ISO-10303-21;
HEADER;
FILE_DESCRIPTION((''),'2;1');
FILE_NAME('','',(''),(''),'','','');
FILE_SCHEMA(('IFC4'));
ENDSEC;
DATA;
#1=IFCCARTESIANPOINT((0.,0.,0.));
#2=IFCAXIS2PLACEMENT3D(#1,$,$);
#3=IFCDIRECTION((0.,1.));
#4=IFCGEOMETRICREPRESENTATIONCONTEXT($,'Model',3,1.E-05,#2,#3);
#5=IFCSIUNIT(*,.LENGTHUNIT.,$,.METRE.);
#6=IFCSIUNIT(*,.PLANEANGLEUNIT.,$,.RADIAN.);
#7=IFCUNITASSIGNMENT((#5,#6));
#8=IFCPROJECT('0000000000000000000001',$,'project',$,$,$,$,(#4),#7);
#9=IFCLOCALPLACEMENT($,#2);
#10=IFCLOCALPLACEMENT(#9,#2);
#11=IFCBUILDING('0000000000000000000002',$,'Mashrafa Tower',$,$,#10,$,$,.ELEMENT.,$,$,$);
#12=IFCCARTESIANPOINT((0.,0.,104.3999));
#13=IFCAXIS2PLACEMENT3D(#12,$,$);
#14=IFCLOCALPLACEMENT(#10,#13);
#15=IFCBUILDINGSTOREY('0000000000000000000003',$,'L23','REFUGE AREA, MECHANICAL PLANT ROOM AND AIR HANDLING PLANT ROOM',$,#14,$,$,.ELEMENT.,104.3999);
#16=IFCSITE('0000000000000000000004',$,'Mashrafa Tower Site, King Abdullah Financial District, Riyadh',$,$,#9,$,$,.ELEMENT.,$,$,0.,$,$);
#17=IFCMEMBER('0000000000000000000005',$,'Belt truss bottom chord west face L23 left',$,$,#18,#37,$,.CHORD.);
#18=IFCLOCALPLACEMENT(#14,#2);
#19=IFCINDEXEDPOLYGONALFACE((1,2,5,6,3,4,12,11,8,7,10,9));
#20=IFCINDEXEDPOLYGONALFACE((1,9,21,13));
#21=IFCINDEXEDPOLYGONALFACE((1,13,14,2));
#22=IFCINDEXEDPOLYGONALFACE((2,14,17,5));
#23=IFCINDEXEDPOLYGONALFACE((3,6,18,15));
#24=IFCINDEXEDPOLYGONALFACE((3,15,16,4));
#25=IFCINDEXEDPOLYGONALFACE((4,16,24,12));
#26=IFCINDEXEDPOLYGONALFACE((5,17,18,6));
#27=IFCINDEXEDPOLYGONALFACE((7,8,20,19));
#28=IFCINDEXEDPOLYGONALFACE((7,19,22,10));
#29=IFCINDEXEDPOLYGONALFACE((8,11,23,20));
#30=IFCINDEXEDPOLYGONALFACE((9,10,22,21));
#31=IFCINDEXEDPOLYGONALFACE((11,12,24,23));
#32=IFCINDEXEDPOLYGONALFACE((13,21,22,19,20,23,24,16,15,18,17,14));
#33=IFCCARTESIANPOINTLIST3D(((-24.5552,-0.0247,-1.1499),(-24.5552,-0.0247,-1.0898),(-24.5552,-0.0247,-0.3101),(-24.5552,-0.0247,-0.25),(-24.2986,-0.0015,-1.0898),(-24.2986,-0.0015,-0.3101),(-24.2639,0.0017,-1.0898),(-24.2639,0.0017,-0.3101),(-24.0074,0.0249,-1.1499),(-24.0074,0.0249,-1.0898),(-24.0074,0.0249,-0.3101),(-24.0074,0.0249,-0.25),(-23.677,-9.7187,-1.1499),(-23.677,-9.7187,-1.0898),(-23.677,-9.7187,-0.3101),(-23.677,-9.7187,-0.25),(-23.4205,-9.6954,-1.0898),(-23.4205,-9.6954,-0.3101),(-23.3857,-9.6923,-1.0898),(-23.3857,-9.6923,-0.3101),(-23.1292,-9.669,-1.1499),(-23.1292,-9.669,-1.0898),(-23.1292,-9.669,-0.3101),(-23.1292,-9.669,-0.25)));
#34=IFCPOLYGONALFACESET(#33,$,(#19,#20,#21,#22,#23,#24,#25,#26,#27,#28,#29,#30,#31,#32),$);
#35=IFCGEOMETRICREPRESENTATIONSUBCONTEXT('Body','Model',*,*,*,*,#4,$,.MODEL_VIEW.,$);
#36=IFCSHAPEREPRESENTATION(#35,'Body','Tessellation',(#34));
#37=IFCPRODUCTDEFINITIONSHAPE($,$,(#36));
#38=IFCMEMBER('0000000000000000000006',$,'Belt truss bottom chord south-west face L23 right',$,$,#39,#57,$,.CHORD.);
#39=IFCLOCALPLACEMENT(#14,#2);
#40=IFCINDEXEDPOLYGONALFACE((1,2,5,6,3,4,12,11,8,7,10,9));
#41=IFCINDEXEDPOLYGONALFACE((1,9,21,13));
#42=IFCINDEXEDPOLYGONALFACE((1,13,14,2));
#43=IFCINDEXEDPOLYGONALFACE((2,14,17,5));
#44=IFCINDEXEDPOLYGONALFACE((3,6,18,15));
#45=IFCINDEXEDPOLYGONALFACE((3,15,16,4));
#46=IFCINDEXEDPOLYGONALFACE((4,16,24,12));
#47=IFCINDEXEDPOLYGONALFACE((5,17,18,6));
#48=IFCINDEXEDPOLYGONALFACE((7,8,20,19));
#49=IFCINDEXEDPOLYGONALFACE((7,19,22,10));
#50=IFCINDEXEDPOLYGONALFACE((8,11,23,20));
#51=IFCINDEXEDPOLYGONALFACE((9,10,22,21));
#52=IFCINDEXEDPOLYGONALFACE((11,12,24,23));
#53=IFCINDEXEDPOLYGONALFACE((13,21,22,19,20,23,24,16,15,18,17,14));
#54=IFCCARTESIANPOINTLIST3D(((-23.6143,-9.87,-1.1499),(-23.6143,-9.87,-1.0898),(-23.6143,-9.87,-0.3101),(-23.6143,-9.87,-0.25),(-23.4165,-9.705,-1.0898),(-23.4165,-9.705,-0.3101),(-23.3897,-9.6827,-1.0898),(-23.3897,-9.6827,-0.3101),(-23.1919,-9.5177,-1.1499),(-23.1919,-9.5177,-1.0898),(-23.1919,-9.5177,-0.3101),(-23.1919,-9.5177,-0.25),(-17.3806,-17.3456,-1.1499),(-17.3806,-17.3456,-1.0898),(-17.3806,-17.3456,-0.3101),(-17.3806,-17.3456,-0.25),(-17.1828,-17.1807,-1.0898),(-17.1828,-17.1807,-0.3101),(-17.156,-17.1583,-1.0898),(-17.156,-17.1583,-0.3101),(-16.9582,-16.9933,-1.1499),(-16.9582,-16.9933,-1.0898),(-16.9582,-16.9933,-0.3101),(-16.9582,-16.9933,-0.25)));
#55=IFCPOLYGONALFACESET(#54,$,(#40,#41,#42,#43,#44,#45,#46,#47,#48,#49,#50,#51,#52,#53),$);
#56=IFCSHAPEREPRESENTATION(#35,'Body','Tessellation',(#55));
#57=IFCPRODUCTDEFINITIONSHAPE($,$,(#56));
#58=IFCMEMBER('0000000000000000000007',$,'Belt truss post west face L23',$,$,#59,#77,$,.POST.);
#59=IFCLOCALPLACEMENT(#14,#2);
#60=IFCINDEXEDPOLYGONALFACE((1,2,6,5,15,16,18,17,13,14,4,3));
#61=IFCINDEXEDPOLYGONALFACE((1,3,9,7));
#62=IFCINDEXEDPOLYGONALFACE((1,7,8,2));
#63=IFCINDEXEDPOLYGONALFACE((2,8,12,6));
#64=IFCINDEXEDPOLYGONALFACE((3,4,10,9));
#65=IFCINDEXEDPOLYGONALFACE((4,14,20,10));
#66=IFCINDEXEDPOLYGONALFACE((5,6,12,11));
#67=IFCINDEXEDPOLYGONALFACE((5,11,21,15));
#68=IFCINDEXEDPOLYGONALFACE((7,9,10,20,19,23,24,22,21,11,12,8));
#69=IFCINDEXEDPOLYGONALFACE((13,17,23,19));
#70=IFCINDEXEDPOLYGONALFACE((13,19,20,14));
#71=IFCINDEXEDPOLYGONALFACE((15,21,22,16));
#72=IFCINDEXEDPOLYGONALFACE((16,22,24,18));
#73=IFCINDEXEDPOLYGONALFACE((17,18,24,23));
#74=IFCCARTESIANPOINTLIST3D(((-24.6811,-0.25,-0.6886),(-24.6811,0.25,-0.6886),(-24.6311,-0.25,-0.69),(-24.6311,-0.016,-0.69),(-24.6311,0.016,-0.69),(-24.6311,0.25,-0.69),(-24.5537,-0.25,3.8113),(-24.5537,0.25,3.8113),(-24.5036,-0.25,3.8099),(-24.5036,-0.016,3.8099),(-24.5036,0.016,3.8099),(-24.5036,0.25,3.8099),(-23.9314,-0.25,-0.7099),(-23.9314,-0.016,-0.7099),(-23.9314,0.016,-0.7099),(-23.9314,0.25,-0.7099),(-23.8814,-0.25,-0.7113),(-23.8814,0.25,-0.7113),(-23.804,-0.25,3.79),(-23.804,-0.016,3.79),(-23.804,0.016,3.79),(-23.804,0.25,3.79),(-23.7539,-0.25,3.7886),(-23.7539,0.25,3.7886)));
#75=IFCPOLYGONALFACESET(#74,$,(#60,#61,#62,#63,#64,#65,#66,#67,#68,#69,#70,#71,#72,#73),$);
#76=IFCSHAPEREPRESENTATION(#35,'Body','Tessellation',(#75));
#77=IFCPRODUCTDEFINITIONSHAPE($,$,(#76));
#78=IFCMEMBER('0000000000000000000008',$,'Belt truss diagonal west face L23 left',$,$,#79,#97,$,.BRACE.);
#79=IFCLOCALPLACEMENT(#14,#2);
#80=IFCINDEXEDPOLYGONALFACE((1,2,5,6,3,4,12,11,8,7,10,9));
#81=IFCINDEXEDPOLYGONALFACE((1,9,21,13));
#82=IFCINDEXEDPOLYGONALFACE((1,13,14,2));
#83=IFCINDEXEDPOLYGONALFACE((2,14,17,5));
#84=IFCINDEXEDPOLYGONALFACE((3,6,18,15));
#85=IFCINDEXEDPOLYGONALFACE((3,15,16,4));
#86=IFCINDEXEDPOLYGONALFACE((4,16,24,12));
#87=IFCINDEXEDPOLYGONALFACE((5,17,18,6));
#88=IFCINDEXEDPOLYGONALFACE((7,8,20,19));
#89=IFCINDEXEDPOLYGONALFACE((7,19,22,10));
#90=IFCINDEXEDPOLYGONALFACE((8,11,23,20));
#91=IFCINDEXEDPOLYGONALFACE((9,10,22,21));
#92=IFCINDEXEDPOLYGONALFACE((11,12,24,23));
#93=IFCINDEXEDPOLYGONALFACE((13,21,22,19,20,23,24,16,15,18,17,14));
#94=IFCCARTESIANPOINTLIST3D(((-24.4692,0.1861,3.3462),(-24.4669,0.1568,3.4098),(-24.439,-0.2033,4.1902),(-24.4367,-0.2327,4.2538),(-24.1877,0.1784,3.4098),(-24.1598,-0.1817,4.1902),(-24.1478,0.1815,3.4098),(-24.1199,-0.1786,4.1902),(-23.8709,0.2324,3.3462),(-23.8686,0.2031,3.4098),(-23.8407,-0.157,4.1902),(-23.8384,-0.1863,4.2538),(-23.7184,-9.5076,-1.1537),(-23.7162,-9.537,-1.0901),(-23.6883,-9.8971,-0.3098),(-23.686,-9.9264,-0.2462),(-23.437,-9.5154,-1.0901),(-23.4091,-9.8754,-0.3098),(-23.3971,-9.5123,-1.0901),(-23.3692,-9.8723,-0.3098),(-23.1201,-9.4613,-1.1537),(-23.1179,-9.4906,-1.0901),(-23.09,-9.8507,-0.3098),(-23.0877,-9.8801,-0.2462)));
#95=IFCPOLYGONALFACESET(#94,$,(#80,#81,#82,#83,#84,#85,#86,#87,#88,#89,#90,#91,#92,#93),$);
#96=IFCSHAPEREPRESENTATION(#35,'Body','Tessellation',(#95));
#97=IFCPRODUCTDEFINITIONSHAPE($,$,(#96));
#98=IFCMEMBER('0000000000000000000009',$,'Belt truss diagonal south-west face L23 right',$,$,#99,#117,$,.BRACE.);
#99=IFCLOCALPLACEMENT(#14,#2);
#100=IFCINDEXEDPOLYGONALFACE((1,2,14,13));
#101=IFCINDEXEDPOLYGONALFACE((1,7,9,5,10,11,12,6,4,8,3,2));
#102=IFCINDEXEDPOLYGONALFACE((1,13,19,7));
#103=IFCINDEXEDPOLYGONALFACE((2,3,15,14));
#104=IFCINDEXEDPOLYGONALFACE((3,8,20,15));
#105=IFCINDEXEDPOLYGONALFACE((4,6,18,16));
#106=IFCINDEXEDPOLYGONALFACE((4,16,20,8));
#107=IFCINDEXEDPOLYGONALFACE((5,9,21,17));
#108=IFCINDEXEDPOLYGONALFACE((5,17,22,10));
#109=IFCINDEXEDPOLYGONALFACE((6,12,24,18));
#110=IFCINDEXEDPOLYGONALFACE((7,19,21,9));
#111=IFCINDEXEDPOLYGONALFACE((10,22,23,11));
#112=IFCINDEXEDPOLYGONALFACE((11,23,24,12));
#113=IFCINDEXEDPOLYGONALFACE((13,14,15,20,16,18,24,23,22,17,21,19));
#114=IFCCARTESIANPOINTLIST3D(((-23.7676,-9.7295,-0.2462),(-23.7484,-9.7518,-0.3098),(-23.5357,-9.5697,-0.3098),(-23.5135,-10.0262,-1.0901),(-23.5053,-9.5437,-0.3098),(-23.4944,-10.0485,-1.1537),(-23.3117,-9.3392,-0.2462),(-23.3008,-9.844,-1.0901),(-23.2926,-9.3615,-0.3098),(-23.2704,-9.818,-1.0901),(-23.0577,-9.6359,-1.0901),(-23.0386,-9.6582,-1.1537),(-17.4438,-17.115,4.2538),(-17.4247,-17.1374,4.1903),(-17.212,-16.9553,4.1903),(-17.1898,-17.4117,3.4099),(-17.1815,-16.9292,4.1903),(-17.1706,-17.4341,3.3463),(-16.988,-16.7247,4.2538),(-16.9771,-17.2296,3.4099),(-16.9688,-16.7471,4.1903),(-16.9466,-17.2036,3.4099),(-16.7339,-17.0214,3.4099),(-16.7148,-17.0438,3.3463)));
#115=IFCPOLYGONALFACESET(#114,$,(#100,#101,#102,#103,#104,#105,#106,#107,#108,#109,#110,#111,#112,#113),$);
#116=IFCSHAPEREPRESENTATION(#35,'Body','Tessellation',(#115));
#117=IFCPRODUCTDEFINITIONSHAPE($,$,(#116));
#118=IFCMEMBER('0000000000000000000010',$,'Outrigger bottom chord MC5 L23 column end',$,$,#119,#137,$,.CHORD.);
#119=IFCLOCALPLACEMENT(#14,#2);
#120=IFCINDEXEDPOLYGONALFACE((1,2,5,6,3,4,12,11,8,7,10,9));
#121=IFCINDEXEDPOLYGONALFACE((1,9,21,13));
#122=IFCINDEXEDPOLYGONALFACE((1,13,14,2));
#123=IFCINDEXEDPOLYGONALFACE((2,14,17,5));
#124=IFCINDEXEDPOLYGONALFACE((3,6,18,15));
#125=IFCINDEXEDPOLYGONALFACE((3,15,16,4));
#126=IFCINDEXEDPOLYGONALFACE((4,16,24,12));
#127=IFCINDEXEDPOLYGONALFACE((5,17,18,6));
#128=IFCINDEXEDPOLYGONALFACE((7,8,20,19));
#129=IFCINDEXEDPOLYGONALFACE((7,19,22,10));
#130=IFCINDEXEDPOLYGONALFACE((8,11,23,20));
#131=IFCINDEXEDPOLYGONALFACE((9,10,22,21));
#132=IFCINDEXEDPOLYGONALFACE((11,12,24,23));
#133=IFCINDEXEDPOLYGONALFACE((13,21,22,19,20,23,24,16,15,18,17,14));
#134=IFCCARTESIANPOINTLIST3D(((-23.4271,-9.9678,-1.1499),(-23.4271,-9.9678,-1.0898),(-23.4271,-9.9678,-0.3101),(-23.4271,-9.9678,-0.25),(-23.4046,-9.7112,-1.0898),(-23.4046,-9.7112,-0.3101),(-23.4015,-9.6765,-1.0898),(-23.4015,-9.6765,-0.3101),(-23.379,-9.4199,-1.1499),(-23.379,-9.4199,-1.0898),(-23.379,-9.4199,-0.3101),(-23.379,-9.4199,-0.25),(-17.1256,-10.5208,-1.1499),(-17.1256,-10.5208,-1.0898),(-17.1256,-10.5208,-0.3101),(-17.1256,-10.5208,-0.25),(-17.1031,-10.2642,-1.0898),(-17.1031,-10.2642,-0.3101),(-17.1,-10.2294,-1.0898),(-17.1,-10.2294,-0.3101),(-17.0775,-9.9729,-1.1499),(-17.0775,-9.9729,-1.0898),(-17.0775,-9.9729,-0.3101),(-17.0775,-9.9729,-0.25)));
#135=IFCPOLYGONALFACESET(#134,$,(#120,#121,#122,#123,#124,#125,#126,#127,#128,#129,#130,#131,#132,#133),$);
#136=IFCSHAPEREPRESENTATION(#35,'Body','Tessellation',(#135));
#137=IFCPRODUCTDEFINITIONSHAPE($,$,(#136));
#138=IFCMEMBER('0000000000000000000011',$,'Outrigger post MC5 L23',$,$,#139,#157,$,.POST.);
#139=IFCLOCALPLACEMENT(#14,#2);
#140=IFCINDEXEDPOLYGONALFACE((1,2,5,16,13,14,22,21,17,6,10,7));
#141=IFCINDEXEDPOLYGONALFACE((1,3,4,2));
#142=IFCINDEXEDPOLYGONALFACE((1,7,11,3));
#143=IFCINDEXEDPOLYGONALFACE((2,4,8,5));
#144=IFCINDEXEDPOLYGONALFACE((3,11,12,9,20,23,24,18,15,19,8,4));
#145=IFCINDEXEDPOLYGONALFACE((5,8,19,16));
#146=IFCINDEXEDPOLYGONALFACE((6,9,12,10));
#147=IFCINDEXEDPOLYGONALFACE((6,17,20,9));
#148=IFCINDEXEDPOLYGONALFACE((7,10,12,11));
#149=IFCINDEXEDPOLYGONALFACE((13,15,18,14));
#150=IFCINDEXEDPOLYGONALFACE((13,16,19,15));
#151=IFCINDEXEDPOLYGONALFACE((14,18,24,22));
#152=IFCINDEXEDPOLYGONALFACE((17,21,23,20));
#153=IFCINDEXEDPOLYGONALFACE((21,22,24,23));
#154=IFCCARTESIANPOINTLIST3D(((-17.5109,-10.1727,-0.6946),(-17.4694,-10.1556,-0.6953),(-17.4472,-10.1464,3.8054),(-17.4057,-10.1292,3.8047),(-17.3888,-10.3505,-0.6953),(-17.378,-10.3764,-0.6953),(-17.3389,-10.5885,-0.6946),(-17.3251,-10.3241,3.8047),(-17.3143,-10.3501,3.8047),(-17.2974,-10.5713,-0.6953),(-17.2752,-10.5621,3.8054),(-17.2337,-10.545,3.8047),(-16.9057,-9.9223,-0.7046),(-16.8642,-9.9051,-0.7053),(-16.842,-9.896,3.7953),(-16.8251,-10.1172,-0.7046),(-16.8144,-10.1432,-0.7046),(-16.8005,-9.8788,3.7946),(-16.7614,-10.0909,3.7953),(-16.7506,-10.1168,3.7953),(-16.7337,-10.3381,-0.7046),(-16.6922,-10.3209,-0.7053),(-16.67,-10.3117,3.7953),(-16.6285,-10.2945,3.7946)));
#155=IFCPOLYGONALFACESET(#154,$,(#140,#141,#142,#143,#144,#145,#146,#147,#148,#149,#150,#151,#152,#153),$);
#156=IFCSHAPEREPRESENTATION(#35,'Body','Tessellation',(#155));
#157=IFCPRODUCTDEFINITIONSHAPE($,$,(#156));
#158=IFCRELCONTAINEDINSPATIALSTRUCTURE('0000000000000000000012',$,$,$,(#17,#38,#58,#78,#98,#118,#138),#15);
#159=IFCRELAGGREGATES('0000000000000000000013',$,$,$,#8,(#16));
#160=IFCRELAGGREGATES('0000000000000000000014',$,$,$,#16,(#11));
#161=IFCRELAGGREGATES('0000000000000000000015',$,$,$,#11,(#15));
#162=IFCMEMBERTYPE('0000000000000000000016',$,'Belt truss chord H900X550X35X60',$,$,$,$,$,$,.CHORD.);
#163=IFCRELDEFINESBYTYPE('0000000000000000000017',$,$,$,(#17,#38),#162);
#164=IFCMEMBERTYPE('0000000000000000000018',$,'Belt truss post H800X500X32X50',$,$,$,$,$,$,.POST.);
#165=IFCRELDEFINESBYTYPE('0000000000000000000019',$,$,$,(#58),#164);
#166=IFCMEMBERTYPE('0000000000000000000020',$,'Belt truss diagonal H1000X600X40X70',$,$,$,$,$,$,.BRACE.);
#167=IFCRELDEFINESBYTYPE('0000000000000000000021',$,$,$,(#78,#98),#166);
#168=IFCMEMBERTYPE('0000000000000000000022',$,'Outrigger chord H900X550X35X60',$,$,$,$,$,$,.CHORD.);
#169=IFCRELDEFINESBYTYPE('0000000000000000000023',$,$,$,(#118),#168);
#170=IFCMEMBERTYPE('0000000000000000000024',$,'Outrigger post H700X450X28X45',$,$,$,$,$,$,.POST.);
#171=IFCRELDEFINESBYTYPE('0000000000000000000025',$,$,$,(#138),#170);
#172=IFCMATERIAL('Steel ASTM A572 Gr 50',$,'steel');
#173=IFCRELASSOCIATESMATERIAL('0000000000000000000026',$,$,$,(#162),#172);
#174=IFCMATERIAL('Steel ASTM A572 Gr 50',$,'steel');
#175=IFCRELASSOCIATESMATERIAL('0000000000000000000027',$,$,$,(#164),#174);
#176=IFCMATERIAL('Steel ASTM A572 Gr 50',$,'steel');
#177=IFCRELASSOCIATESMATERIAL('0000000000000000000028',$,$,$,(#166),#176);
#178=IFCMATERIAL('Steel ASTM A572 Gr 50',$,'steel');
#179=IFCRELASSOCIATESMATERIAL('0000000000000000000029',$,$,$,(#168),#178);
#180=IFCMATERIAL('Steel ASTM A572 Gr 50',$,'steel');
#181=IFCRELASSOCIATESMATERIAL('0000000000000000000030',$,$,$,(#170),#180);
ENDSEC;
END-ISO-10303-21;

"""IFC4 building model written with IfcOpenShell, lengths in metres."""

from ifc_helpers import new_model, si_unit, direction, frame, origin, origin_2d, place, context, subcontext, project, spatial, i_section, extrude, source, transform, mapped, material, material_profile, profile_set, type_object, type_shapes, element, save


model = new_model("IFC4")

# Units and contexts
model_context = context("Model", 3, precision=1e-05, world=origin(), true_north=direction((0.0, 1.0)))
body_context = subcontext(model_context, "Body", "Model", "MODEL_VIEW")
ifc_project = project(units=[si_unit("LENGTHUNIT", "METRE"), si_unit("PLANEANGLEUNIT", "RADIAN")], contexts=[model_context])

# Site, building, storey
site_placement = place(None, origin())
site = spatial("IfcSite", under=ifc_project, at=site_placement, Name="Mashrafa Tower Site, King Abdullah Financial District, Riyadh", CompositionType="ELEMENT", RefElevation=0.0)
building_placement = place(site_placement, origin())
building = spatial("IfcBuilding", under=site, at=building_placement, Name="Mashrafa Tower", CompositionType="ELEMENT")
storey_placement = place(building_placement, frame((0.0, 0.0, 104.3999)))
storey = spatial("IfcBuildingStorey", under=building, at=storey_placement, Name="L23", Description="REFUGE AREA, MECHANICAL PLANT ROOM AND AIR HANDLING PLANT ROOM", CompositionType="ELEMENT", Elevation=104.3999)

# Members
ifc_material_1 = material(Name="Steel ASTM A572 Gr 50", Category="steel")
ifc_material_profile_1 = material_profile(ifc_material_1, i_section(OverallWidth=0.55, OverallDepth=0.8999, WebThickness=0.0349, FlangeThickness=0.0601, at=origin_2d()), Name="H900X550X35X60")
ifc_profile_set_1 = profile_set([ifc_material_profile_1], Name="Steel ASTM A572 Gr 50")
member_type_1 = type_object("IfcMemberType", Name="Belt truss chord H900X550X35X60", PredefinedType="CHORD", material=ifc_profile_set_1)
shared_shape_1 = source(origin(), body_context, "Body", "SweptSolid", [
    extrude(i_section(OverallWidth=0.55, OverallDepth=0.8999, WebThickness=0.0349, FlangeThickness=0.0601, at=origin_2d()), origin(), (0.0, 0.0, 1.0), 9.7336),
])
type_shapes(member_type_1, [shared_shape_1])
for number, where, z_axis, x_axis, name in (
    (1, (-23.4031, -9.6938, -0.7), (-0.090221, 0.995922, 0.0), (-0.995922, -0.090221, 0.0), "Belt truss bottom chord west face L23 left"),
    (2, (-23.4031, -9.6938, -0.7), (0.640426, -0.76802, 0.0), (0.76802, 0.640426, 0.0), "Belt truss bottom chord south-west face L23 right"),
):
    element("IfcMember", number, at=place(storey_placement, frame(where, z_axis=z_axis, x_axis=x_axis)), inside=storey, type_object=member_type_1, Name=name, PredefinedType="CHORD", context=body_context, shape_type="MappedRepresentation", body=[
        mapped(shared_shape_1, transform((0.0, 0.0, 0.0))),
    ])
ifc_material_2 = material(Name="Steel ASTM A572 Gr 50", Category="steel")
ifc_material_profile_2 = material_profile(ifc_material_2, i_section(OverallWidth=0.5, OverallDepth=0.8, WebThickness=0.032, FlangeThickness=0.05, at=origin_2d()), Name="H800X500X32X50")
ifc_profile_set_2 = profile_set([ifc_material_profile_2], Name="Steel ASTM A572 Gr 50")
member_type_2 = type_object("IfcMemberType", Name="Belt truss post H800X500X32X50", PredefinedType="POST", material=ifc_profile_set_2)
shared_shape_2 = source(origin(), body_context, "Body", "SweptSolid", [
    extrude(i_section(OverallWidth=0.5, OverallDepth=0.8, WebThickness=0.032, FlangeThickness=0.05, at=origin_2d()), origin(), (0.0, 0.0, 1.0), 4.5017),
])
type_shapes(member_type_2, [shared_shape_2])
member_1_placement = place(storey_placement, frame((-24.2812, 0.0, -0.7), z_axis=(0.028309, 0.0, 0.999599), x_axis=(0.0, 1.0, 0.0)))
element("IfcMember", 3, at=member_1_placement, inside=storey, type_object=member_type_2, Name="Belt truss post west face L23", PredefinedType="POST", context=body_context, shape_type="MappedRepresentation", body=[
    mapped(shared_shape_2, transform((0.0, 0.0, 0.0))),
])
ifc_material_3 = material(Name="Steel ASTM A572 Gr 50", Category="steel")
ifc_material_profile_3 = material_profile(ifc_material_3, i_section(OverallWidth=0.6001, OverallDepth=1.0, WebThickness=0.04, FlangeThickness=0.0701, at=origin_2d()), Name="H1000X600X40X70")
ifc_profile_set_3 = profile_set([ifc_material_profile_3], Name="Steel ASTM A572 Gr 50")
member_type_3 = type_object("IfcMemberType", Name="Belt truss diagonal H1000X600X40X70", PredefinedType="BRACE", material=ifc_profile_set_3)
shared_shape_3 = source(origin(), body_context, "Body", "SweptSolid", [
    extrude(i_section(OverallWidth=0.6001, OverallDepth=1.0, WebThickness=0.04, FlangeThickness=0.0701, at=origin_2d()), origin(), (0.0, 0.0, 1.0), 10.7136),
])
member_2_placement = place(storey_placement, frame((-23.4031, -9.6938, -0.7), z_axis=(-0.070072, 0.904805, 0.420021), x_axis=(-0.997015, -0.077213, 0.0)))
element("IfcMember", 4, at=member_2_placement, inside=storey, type_object=member_type_3, Name="Belt truss diagonal west face L23 left", PredefinedType="BRACE", context=body_context, shape_type="MappedRepresentation", body=[
    mapped(shared_shape_3, transform((0.0, 0.0, 0.0))),
])
shared_shape_4 = source(origin(), body_context, "Body", "SweptSolid", [
    extrude(i_section(OverallWidth=0.6001, OverallDepth=1.0, WebThickness=0.04, FlangeThickness=0.0701, at=origin_2d()), origin(), (0.0, 0.0, 1.0), 10.7139),
])
type_shapes(member_type_3, [shared_shape_3, shared_shape_4])
member_3_placement = place(storey_placement, frame((-23.4031, -9.6938, -0.7), z_axis=(0.590243, -0.689345, 0.42002), x_axis=(0.759597, 0.650394, 0.0)))
element("IfcMember", 5, at=member_3_placement, inside=storey, type_object=member_type_3, Name="Belt truss diagonal south-west face L23 right", PredefinedType="BRACE", context=body_context, shape_type="MappedRepresentation", body=[
    mapped(shared_shape_4, transform((0.0, 0.0, 0.0))),
])
ifc_material_4 = material(Name="Steel ASTM A572 Gr 50", Category="steel")
ifc_material_profile_4 = material_profile(ifc_material_4, i_section(OverallWidth=0.55, OverallDepth=0.8999, WebThickness=0.0349, FlangeThickness=0.0601, at=origin_2d()), Name="H900X550X35X60")
ifc_profile_set_4 = profile_set([ifc_material_profile_4], Name="Steel ASTM A572 Gr 50")
member_type_4 = type_object("IfcMemberType", Name="Outrigger chord H900X550X35X60", PredefinedType="CHORD", material=ifc_profile_set_4)
shared_shape_5 = source(origin(), body_context, "Body", "SweptSolid", [
    extrude(i_section(OverallWidth=0.55, OverallDepth=0.8999, WebThickness=0.0349, FlangeThickness=0.0601, at=origin_2d()), origin(), (0.0, 0.0, 1.0), 6.3257),
])
type_shapes(member_type_4, [shared_shape_5])
member_4_placement = place(storey_placement, frame((-17.1016, -10.2468, -0.7), z_axis=(-0.996172, 0.087417, 0.0), x_axis=(-0.087417, -0.996172, 0.0)))
element("IfcMember", 6, at=member_4_placement, inside=storey, type_object=member_type_4, Name="Outrigger bottom chord MC5 L23 column end", PredefinedType="CHORD", context=body_context, shape_type="MappedRepresentation", body=[
    mapped(shared_shape_5, transform((0.0, 0.0, 0.0))),
])
ifc_material_5 = material(Name="Steel ASTM A572 Gr 50", Category="steel")
ifc_material_profile_5 = material_profile(ifc_material_5, i_section(OverallWidth=0.45, OverallDepth=0.7, WebThickness=0.0281, FlangeThickness=0.0449, at=origin_2d()), Name="H700X450X28X45")
ifc_profile_set_5 = profile_set([ifc_material_profile_5], Name="Steel ASTM A572 Gr 50")
member_type_5 = type_object("IfcMemberType", Name="Outrigger post H700X450X28X45", PredefinedType="POST", material=ifc_profile_set_5)
shared_shape_6 = source(origin(), body_context, "Body", "SweptSolid", [
    extrude(i_section(OverallWidth=0.45, OverallDepth=0.7, WebThickness=0.0281, FlangeThickness=0.0449, at=origin_2d()), origin(), (0.0, 0.0, 1.0), 4.5005),
])
type_shapes(member_type_5, [shared_shape_6])
member_5_placement = place(storey_placement, frame((-17.1016, -10.2468, -0.7), z_axis=(0.014158, 0.005859, 0.999883), x_axis=(-0.382352, 0.924017, 0.0)))
element("IfcMember", 7, at=member_5_placement, inside=storey, type_object=member_type_5, Name="Outrigger post MC5 L23", PredefinedType="POST", context=body_context, shape_type="MappedRepresentation", body=[
    mapped(shared_shape_6, transform((0.0, 0.0, 0.0))),
])

save(model, "model.ifc")
